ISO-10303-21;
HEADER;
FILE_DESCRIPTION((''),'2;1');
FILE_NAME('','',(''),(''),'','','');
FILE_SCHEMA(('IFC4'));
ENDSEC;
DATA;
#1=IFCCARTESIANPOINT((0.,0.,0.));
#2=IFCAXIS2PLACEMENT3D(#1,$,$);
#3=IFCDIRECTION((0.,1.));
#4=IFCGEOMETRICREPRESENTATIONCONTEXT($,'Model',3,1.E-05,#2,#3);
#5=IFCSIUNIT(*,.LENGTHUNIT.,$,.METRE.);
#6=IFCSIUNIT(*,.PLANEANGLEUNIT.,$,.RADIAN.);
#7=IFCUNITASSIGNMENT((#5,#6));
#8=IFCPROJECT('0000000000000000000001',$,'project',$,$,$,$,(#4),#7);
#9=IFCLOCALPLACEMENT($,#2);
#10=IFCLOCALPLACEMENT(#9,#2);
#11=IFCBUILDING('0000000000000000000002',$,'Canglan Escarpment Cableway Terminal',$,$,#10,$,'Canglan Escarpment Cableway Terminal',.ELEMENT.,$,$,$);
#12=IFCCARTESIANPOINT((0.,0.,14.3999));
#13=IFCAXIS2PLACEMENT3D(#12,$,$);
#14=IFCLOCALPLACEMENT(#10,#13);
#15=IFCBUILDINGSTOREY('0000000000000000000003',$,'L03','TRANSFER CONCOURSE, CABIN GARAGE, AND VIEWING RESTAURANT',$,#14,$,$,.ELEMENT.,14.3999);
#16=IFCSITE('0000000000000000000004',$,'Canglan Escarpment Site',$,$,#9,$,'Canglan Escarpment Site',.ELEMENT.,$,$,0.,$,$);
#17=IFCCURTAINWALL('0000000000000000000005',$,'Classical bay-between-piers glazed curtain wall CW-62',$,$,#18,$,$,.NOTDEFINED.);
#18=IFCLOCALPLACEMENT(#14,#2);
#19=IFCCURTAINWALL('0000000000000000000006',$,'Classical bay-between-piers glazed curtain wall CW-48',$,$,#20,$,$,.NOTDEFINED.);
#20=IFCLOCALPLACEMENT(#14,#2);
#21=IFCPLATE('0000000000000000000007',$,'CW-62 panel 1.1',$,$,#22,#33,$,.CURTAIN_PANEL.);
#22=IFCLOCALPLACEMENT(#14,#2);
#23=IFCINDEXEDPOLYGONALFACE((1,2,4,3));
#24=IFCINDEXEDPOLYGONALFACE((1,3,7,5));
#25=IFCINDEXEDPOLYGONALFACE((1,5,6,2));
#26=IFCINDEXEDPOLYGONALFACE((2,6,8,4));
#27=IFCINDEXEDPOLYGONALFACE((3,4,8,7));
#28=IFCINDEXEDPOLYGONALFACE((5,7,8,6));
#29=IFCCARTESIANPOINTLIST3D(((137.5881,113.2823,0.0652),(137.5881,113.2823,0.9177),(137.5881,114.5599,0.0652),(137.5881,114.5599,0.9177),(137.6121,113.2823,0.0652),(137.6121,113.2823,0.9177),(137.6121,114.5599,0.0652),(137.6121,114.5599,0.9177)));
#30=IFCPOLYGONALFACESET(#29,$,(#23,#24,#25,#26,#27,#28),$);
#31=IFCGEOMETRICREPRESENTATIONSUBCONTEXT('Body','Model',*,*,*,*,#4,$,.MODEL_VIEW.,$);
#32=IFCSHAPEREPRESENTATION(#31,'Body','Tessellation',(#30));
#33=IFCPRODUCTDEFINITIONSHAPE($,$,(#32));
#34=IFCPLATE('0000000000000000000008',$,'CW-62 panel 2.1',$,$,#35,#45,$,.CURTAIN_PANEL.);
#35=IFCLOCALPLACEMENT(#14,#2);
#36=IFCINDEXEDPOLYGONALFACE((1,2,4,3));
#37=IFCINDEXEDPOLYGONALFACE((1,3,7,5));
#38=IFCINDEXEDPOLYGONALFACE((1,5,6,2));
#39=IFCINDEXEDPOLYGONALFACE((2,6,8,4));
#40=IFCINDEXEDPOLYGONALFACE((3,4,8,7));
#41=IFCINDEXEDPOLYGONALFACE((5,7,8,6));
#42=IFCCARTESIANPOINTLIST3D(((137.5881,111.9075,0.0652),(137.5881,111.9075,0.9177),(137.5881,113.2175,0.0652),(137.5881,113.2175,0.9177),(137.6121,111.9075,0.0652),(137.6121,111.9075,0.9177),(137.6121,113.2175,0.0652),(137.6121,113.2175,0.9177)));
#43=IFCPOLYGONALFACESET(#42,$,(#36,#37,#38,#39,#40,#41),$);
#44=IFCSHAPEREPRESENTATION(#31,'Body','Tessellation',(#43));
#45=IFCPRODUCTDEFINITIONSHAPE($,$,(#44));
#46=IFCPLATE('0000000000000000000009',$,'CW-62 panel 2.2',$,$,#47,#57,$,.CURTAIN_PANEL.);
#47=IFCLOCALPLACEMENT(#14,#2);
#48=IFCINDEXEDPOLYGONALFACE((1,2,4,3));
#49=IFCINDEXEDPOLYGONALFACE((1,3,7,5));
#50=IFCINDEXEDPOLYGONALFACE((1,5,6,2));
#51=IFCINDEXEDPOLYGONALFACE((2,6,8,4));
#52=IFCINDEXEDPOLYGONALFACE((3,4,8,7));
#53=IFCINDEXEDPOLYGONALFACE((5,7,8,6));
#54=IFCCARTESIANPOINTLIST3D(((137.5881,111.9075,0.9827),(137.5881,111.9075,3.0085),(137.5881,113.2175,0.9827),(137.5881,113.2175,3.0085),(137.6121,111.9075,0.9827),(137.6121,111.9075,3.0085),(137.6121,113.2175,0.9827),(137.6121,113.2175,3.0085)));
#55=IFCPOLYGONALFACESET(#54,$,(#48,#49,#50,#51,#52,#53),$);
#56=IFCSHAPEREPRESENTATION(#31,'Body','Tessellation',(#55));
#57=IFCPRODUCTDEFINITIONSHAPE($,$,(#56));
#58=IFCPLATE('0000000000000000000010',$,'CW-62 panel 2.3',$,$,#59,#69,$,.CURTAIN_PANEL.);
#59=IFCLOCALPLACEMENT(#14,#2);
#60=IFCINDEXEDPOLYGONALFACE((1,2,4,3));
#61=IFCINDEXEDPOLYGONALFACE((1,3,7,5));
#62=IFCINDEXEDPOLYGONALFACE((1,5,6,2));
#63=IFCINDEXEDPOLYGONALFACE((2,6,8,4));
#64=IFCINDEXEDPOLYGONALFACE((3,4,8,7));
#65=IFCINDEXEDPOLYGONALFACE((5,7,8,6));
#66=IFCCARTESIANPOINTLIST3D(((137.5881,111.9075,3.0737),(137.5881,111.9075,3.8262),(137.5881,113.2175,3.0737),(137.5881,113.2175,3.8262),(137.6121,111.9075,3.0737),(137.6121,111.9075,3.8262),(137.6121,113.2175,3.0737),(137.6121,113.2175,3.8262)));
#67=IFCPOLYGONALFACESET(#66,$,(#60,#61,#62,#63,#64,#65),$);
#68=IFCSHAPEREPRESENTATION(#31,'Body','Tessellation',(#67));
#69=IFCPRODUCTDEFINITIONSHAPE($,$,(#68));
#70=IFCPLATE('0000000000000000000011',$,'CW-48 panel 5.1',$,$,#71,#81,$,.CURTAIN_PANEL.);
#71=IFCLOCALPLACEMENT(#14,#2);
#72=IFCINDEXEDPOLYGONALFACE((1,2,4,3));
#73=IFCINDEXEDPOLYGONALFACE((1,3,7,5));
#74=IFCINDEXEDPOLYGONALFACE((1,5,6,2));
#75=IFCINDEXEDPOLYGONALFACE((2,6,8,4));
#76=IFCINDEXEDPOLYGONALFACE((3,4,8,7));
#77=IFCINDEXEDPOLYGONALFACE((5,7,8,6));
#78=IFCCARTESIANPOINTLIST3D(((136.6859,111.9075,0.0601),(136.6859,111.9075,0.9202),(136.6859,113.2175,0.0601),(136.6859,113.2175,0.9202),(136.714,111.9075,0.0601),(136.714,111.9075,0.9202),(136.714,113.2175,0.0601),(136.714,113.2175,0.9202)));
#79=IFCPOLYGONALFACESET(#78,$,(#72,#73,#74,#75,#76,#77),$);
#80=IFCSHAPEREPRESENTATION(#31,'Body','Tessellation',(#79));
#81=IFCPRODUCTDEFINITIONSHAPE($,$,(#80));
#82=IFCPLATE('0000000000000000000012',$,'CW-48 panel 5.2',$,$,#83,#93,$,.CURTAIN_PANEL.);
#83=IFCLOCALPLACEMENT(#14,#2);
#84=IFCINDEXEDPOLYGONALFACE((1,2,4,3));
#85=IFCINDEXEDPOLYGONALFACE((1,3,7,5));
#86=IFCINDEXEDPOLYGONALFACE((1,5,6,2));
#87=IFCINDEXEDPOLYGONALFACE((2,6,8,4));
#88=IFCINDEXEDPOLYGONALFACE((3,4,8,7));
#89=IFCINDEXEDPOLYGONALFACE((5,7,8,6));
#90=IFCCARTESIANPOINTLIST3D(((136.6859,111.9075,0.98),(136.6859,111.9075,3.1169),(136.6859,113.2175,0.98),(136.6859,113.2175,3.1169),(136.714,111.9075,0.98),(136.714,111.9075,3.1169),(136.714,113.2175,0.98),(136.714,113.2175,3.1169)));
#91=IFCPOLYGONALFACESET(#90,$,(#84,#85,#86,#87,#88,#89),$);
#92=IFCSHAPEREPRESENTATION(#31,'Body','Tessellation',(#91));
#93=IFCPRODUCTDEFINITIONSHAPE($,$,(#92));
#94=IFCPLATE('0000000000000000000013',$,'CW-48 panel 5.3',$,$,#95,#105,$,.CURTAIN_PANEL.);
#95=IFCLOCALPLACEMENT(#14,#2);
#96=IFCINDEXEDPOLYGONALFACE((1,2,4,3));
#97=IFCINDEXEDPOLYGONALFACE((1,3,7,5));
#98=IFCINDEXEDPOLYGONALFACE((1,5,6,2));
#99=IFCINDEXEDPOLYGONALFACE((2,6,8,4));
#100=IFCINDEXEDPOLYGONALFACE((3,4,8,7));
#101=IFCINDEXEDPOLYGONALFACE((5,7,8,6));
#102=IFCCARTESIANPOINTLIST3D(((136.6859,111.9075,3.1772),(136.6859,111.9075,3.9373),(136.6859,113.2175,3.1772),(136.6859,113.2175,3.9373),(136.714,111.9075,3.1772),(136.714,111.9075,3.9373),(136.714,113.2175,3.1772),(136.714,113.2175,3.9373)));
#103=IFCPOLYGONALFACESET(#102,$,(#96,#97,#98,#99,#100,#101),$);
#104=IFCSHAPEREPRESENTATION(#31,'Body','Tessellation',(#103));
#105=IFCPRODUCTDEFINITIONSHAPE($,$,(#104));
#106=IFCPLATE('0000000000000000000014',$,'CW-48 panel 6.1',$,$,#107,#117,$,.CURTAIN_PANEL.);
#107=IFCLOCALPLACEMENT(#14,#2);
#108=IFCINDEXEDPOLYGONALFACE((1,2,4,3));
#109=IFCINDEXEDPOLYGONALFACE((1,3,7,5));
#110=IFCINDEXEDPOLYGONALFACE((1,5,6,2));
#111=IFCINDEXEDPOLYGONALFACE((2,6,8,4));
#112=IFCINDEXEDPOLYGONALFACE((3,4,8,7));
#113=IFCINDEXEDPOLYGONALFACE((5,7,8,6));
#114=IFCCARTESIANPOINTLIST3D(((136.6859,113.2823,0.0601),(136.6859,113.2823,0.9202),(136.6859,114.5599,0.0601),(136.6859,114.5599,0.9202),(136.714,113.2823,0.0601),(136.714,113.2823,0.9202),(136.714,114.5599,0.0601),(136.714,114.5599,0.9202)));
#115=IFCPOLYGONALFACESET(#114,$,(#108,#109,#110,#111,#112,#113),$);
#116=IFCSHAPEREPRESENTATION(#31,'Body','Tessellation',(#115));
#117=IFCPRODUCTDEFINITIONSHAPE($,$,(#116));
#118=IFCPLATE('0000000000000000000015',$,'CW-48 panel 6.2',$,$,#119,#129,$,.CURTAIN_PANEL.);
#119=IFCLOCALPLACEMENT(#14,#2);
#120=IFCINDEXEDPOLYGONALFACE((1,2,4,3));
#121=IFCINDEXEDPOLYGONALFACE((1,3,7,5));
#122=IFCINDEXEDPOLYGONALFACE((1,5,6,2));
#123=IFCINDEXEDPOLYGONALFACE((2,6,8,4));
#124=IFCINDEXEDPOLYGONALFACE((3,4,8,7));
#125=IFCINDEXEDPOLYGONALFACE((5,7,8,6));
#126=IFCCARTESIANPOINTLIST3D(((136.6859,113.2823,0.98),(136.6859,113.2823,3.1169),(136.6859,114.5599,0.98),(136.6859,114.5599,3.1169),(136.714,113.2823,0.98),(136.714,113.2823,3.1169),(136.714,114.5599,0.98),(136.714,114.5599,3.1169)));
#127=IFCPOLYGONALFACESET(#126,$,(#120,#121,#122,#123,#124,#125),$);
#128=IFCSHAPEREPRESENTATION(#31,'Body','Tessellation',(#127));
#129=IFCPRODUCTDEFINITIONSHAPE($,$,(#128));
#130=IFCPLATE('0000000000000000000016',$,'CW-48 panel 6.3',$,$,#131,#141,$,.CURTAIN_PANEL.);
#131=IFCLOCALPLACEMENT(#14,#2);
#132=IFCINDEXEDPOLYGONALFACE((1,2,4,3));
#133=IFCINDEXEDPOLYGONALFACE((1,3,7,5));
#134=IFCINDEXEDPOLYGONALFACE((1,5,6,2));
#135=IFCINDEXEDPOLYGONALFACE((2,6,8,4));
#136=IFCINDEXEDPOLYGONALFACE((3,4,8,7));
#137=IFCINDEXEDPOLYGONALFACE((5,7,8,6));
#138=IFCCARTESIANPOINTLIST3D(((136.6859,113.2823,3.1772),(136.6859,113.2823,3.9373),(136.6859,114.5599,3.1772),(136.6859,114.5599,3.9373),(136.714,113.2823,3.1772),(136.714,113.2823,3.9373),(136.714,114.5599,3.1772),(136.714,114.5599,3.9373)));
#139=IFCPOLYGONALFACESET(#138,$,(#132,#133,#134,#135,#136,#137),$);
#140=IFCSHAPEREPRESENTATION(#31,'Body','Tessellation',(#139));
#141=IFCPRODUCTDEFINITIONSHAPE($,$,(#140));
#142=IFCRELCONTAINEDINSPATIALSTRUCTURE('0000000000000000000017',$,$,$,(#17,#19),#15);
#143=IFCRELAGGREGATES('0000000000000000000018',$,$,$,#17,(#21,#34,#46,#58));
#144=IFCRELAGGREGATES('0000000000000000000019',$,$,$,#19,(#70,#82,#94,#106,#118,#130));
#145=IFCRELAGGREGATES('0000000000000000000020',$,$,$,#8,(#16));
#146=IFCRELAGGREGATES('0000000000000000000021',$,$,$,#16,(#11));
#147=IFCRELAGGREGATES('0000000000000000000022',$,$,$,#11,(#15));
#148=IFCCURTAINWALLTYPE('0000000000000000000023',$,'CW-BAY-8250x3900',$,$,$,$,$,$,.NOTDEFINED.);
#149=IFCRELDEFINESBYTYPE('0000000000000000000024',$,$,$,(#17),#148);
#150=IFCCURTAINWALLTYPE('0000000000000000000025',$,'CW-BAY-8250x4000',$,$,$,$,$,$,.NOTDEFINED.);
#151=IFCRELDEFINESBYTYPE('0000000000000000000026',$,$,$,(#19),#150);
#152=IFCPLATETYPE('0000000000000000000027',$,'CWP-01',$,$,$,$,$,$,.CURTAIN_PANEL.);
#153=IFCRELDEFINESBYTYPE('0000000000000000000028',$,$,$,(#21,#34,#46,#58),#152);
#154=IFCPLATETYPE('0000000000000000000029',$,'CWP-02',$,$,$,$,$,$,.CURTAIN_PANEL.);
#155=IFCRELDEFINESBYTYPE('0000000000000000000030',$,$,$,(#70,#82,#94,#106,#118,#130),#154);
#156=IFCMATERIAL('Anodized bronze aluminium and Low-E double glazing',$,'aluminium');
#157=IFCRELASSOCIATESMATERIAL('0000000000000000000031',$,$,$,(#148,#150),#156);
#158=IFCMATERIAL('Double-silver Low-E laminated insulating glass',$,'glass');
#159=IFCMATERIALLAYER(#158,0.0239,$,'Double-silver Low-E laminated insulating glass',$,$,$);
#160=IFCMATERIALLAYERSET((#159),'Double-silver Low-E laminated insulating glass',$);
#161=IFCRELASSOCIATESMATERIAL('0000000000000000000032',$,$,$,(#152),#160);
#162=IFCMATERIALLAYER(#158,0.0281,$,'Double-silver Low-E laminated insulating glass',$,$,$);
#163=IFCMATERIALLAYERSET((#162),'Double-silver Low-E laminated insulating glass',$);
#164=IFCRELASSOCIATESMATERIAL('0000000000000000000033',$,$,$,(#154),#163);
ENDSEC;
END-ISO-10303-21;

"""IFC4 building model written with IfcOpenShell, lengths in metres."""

from ifc_helpers import new_model, si_unit, direction, frame, origin, origin_2d, place, context, subcontext, project, spatial, rectangle, extrude, material, layer, layer_set, type_object, element, aggregate, save


model = new_model("IFC4")

# Units and contexts
model_context = context("Model", 3, precision=1e-05, world=origin(), true_north=direction((0.0, 1.0)))
body_context = subcontext(model_context, "Body", "Model", "MODEL_VIEW")
ifc_project = project(units=[si_unit("LENGTHUNIT", "METRE"), si_unit("PLANEANGLEUNIT", "RADIAN")], contexts=[model_context])

# Site, building, storey
site_placement = place(None, origin())
site = spatial("IfcSite", under=ifc_project, at=site_placement, Name="Canglan Escarpment Site", LongName="Canglan Escarpment Site", CompositionType="ELEMENT", RefElevation=0.0)
building_placement = place(site_placement, origin())
building = spatial("IfcBuilding", under=site, at=building_placement, Name="Canglan Escarpment Cableway Terminal", LongName="Canglan Escarpment Cableway Terminal", CompositionType="ELEMENT")
storey_placement = place(building_placement, frame((0.0, 0.0, 14.3999)))
storey = spatial("IfcBuildingStorey", under=building, at=storey_placement, Name="L03", Description="TRANSFER CONCOURSE, CABIN GARAGE, AND VIEWING RESTAURANT", CompositionType="ELEMENT", Elevation=14.3999)

# Curtain walls
ifc_material_1 = material(Name="Anodized bronze aluminium and Low-E double glazing", Category="aluminium")
curtain_wall_type_1 = type_object("IfcCurtainWallType", Name="CW-BAY-8250x3900", PredefinedType="NOTDEFINED", material=ifc_material_1)
curtain_wall_1_placement = place(storey_placement, origin())
curtain_wall_1 = element("IfcCurtainWall", 1, at=curtain_wall_1_placement, inside=storey, type_object=curtain_wall_type_1, Name="Classical bay-between-piers glazed curtain wall CW-62", PredefinedType="NOTDEFINED")
curtain_wall_type_2 = type_object("IfcCurtainWallType", Name="CW-BAY-8250x4000", PredefinedType="NOTDEFINED", material=ifc_material_1)
curtain_wall_2_placement = place(storey_placement, origin())
curtain_wall_2 = element("IfcCurtainWall", 2, at=curtain_wall_2_placement, inside=storey, type_object=curtain_wall_type_2, Name="Classical bay-between-piers glazed curtain wall CW-48", PredefinedType="NOTDEFINED")

# Plates
ifc_material_2 = material(Name="Double-silver Low-E laminated insulating glass", Category="glass")
ifc_layer_1 = layer(ifc_material_2, 0.0239, Name="Double-silver Low-E laminated insulating glass")
ifc_layer_set_1 = layer_set([ifc_layer_1], Name="Double-silver Low-E laminated insulating glass")
plate_type_1 = type_object("IfcPlateType", Name="CWP-01", PredefinedType="CURTAIN_PANEL", material=ifc_layer_set_1)
plate_1_placement = place(storey_placement, frame((137.6001, 113.9211, 0.0652), z_axis=(0.0, 0.0, 1.0), x_axis=(0.0, -1.0, 0.0)))
plate_1 = element("IfcPlate", 3, at=plate_1_placement, type_object=plate_type_1, Name="CW-62 panel 1.1", PredefinedType="CURTAIN_PANEL", context=body_context, shape_type="SweptSolid", body=[
    extrude(rectangle(XDim=1.2776, YDim=0.0239, at=origin_2d()), origin(), (0.0, 0.0, 1.0), 0.8525),
])
plate_2_placement = place(storey_placement, frame((137.6001, 112.5625, 0.0652), z_axis=(0.0, 0.0, 1.0), x_axis=(0.0, -1.0, 0.0)))
plate_2 = element("IfcPlate", 4, at=plate_2_placement, type_object=plate_type_1, Name="CW-62 panel 2.1", PredefinedType="CURTAIN_PANEL", context=body_context, shape_type="SweptSolid", body=[
    extrude(rectangle(XDim=1.3101, YDim=0.0239, at=origin_2d()), origin(), (0.0, 0.0, 1.0), 0.8525),
])
plate_3_placement = place(storey_placement, frame((137.6001, 112.5625, 0.9827), z_axis=(0.0, 0.0, 1.0), x_axis=(0.0, -1.0, 0.0)))
plate_3 = element("IfcPlate", 5, at=plate_3_placement, type_object=plate_type_1, Name="CW-62 panel 2.2", PredefinedType="CURTAIN_PANEL", context=body_context, shape_type="SweptSolid", body=[
    extrude(rectangle(XDim=1.3101, YDim=0.0239, at=origin_2d()), origin(), (0.0, 0.0, 1.0), 2.0259),
])
plate_4_placement = place(storey_placement, frame((137.6001, 112.5625, 3.0737), z_axis=(0.0, 0.0, 1.0), x_axis=(0.0, -1.0, 0.0)))
plate_4 = element("IfcPlate", 6, at=plate_4_placement, type_object=plate_type_1, Name="CW-62 panel 2.3", PredefinedType="CURTAIN_PANEL", context=body_context, shape_type="SweptSolid", body=[
    extrude(rectangle(XDim=1.3101, YDim=0.0239, at=origin_2d()), origin(), (0.0, 0.0, 1.0), 0.7524),
])
aggregate(curtain_wall_1, [plate_1, plate_2, plate_3, plate_4])
ifc_layer_2 = layer(ifc_material_2, 0.0281, Name="Double-silver Low-E laminated insulating glass")
ifc_layer_set_2 = layer_set([ifc_layer_2], Name="Double-silver Low-E laminated insulating glass")
plate_type_2 = type_object("IfcPlateType", Name="CWP-02", PredefinedType="CURTAIN_PANEL", material=ifc_layer_set_2)
plate_5_placement = place(storey_placement, frame((136.7, 112.5625, 0.0601), z_axis=(0.0, 0.0, 1.0), x_axis=(0.0, 1.0, 0.0)))
plate_5 = element("IfcPlate", 7, at=plate_5_placement, type_object=plate_type_2, Name="CW-48 panel 5.1", PredefinedType="CURTAIN_PANEL", context=body_context, shape_type="SweptSolid", body=[
    extrude(rectangle(XDim=1.3101, YDim=0.0281, at=origin_2d()), origin(), (0.0, 0.0, 1.0), 0.8601),
])
plate_6_placement = place(storey_placement, frame((136.7, 112.5625, 0.98), z_axis=(0.0, 0.0, 1.0), x_axis=(0.0, 1.0, 0.0)))
plate_6 = element("IfcPlate", 8, at=plate_6_placement, type_object=plate_type_2, Name="CW-48 panel 5.2", PredefinedType="CURTAIN_PANEL", context=body_context, shape_type="SweptSolid", body=[
    extrude(rectangle(XDim=1.3101, YDim=0.0281, at=origin_2d()), origin(), (0.0, 0.0, 1.0), 2.137),
])
plate_7_placement = place(storey_placement, frame((136.7, 112.5625, 3.1772), z_axis=(0.0, 0.0, 1.0), x_axis=(0.0, 1.0, 0.0)))
plate_7 = element("IfcPlate", 9, at=plate_7_placement, type_object=plate_type_2, Name="CW-48 panel 5.3", PredefinedType="CURTAIN_PANEL", context=body_context, shape_type="SweptSolid", body=[
    extrude(rectangle(XDim=1.3101, YDim=0.0281, at=origin_2d()), origin(), (0.0, 0.0, 1.0), 0.76),
])
plate_8_placement = place(storey_placement, frame((136.7, 113.9211, 0.0601), z_axis=(0.0, 0.0, 1.0), x_axis=(0.0, 1.0, 0.0)))
plate_8 = element("IfcPlate", 10, at=plate_8_placement, type_object=plate_type_2, Name="CW-48 panel 6.1", PredefinedType="CURTAIN_PANEL", context=body_context, shape_type="SweptSolid", body=[
    extrude(rectangle(XDim=1.2776, YDim=0.0281, at=origin_2d()), origin(), (0.0, 0.0, 1.0), 0.8601),
])
plate_9_placement = place(storey_placement, frame((136.7, 113.9211, 0.98), z_axis=(0.0, 0.0, 1.0), x_axis=(0.0, 1.0, 0.0)))
plate_9 = element("IfcPlate", 11, at=plate_9_placement, type_object=plate_type_2, Name="CW-48 panel 6.2", PredefinedType="CURTAIN_PANEL", context=body_context, shape_type="SweptSolid", body=[
    extrude(rectangle(XDim=1.2776, YDim=0.0281, at=origin_2d()), origin(), (0.0, 0.0, 1.0), 2.137),
])
plate_10_placement = place(storey_placement, frame((136.7, 113.9211, 3.1772), z_axis=(0.0, 0.0, 1.0), x_axis=(0.0, 1.0, 0.0)))
plate_10 = element("IfcPlate", 12, at=plate_10_placement, type_object=plate_type_2, Name="CW-48 panel 6.3", PredefinedType="CURTAIN_PANEL", context=body_context, shape_type="SweptSolid", body=[
    extrude(rectangle(XDim=1.2776, YDim=0.0281, at=origin_2d()), origin(), (0.0, 0.0, 1.0), 0.76),
])
aggregate(curtain_wall_2, [plate_5, plate_6, plate_7, plate_8, plate_9, plate_10])

save(model, "model.ifc")
